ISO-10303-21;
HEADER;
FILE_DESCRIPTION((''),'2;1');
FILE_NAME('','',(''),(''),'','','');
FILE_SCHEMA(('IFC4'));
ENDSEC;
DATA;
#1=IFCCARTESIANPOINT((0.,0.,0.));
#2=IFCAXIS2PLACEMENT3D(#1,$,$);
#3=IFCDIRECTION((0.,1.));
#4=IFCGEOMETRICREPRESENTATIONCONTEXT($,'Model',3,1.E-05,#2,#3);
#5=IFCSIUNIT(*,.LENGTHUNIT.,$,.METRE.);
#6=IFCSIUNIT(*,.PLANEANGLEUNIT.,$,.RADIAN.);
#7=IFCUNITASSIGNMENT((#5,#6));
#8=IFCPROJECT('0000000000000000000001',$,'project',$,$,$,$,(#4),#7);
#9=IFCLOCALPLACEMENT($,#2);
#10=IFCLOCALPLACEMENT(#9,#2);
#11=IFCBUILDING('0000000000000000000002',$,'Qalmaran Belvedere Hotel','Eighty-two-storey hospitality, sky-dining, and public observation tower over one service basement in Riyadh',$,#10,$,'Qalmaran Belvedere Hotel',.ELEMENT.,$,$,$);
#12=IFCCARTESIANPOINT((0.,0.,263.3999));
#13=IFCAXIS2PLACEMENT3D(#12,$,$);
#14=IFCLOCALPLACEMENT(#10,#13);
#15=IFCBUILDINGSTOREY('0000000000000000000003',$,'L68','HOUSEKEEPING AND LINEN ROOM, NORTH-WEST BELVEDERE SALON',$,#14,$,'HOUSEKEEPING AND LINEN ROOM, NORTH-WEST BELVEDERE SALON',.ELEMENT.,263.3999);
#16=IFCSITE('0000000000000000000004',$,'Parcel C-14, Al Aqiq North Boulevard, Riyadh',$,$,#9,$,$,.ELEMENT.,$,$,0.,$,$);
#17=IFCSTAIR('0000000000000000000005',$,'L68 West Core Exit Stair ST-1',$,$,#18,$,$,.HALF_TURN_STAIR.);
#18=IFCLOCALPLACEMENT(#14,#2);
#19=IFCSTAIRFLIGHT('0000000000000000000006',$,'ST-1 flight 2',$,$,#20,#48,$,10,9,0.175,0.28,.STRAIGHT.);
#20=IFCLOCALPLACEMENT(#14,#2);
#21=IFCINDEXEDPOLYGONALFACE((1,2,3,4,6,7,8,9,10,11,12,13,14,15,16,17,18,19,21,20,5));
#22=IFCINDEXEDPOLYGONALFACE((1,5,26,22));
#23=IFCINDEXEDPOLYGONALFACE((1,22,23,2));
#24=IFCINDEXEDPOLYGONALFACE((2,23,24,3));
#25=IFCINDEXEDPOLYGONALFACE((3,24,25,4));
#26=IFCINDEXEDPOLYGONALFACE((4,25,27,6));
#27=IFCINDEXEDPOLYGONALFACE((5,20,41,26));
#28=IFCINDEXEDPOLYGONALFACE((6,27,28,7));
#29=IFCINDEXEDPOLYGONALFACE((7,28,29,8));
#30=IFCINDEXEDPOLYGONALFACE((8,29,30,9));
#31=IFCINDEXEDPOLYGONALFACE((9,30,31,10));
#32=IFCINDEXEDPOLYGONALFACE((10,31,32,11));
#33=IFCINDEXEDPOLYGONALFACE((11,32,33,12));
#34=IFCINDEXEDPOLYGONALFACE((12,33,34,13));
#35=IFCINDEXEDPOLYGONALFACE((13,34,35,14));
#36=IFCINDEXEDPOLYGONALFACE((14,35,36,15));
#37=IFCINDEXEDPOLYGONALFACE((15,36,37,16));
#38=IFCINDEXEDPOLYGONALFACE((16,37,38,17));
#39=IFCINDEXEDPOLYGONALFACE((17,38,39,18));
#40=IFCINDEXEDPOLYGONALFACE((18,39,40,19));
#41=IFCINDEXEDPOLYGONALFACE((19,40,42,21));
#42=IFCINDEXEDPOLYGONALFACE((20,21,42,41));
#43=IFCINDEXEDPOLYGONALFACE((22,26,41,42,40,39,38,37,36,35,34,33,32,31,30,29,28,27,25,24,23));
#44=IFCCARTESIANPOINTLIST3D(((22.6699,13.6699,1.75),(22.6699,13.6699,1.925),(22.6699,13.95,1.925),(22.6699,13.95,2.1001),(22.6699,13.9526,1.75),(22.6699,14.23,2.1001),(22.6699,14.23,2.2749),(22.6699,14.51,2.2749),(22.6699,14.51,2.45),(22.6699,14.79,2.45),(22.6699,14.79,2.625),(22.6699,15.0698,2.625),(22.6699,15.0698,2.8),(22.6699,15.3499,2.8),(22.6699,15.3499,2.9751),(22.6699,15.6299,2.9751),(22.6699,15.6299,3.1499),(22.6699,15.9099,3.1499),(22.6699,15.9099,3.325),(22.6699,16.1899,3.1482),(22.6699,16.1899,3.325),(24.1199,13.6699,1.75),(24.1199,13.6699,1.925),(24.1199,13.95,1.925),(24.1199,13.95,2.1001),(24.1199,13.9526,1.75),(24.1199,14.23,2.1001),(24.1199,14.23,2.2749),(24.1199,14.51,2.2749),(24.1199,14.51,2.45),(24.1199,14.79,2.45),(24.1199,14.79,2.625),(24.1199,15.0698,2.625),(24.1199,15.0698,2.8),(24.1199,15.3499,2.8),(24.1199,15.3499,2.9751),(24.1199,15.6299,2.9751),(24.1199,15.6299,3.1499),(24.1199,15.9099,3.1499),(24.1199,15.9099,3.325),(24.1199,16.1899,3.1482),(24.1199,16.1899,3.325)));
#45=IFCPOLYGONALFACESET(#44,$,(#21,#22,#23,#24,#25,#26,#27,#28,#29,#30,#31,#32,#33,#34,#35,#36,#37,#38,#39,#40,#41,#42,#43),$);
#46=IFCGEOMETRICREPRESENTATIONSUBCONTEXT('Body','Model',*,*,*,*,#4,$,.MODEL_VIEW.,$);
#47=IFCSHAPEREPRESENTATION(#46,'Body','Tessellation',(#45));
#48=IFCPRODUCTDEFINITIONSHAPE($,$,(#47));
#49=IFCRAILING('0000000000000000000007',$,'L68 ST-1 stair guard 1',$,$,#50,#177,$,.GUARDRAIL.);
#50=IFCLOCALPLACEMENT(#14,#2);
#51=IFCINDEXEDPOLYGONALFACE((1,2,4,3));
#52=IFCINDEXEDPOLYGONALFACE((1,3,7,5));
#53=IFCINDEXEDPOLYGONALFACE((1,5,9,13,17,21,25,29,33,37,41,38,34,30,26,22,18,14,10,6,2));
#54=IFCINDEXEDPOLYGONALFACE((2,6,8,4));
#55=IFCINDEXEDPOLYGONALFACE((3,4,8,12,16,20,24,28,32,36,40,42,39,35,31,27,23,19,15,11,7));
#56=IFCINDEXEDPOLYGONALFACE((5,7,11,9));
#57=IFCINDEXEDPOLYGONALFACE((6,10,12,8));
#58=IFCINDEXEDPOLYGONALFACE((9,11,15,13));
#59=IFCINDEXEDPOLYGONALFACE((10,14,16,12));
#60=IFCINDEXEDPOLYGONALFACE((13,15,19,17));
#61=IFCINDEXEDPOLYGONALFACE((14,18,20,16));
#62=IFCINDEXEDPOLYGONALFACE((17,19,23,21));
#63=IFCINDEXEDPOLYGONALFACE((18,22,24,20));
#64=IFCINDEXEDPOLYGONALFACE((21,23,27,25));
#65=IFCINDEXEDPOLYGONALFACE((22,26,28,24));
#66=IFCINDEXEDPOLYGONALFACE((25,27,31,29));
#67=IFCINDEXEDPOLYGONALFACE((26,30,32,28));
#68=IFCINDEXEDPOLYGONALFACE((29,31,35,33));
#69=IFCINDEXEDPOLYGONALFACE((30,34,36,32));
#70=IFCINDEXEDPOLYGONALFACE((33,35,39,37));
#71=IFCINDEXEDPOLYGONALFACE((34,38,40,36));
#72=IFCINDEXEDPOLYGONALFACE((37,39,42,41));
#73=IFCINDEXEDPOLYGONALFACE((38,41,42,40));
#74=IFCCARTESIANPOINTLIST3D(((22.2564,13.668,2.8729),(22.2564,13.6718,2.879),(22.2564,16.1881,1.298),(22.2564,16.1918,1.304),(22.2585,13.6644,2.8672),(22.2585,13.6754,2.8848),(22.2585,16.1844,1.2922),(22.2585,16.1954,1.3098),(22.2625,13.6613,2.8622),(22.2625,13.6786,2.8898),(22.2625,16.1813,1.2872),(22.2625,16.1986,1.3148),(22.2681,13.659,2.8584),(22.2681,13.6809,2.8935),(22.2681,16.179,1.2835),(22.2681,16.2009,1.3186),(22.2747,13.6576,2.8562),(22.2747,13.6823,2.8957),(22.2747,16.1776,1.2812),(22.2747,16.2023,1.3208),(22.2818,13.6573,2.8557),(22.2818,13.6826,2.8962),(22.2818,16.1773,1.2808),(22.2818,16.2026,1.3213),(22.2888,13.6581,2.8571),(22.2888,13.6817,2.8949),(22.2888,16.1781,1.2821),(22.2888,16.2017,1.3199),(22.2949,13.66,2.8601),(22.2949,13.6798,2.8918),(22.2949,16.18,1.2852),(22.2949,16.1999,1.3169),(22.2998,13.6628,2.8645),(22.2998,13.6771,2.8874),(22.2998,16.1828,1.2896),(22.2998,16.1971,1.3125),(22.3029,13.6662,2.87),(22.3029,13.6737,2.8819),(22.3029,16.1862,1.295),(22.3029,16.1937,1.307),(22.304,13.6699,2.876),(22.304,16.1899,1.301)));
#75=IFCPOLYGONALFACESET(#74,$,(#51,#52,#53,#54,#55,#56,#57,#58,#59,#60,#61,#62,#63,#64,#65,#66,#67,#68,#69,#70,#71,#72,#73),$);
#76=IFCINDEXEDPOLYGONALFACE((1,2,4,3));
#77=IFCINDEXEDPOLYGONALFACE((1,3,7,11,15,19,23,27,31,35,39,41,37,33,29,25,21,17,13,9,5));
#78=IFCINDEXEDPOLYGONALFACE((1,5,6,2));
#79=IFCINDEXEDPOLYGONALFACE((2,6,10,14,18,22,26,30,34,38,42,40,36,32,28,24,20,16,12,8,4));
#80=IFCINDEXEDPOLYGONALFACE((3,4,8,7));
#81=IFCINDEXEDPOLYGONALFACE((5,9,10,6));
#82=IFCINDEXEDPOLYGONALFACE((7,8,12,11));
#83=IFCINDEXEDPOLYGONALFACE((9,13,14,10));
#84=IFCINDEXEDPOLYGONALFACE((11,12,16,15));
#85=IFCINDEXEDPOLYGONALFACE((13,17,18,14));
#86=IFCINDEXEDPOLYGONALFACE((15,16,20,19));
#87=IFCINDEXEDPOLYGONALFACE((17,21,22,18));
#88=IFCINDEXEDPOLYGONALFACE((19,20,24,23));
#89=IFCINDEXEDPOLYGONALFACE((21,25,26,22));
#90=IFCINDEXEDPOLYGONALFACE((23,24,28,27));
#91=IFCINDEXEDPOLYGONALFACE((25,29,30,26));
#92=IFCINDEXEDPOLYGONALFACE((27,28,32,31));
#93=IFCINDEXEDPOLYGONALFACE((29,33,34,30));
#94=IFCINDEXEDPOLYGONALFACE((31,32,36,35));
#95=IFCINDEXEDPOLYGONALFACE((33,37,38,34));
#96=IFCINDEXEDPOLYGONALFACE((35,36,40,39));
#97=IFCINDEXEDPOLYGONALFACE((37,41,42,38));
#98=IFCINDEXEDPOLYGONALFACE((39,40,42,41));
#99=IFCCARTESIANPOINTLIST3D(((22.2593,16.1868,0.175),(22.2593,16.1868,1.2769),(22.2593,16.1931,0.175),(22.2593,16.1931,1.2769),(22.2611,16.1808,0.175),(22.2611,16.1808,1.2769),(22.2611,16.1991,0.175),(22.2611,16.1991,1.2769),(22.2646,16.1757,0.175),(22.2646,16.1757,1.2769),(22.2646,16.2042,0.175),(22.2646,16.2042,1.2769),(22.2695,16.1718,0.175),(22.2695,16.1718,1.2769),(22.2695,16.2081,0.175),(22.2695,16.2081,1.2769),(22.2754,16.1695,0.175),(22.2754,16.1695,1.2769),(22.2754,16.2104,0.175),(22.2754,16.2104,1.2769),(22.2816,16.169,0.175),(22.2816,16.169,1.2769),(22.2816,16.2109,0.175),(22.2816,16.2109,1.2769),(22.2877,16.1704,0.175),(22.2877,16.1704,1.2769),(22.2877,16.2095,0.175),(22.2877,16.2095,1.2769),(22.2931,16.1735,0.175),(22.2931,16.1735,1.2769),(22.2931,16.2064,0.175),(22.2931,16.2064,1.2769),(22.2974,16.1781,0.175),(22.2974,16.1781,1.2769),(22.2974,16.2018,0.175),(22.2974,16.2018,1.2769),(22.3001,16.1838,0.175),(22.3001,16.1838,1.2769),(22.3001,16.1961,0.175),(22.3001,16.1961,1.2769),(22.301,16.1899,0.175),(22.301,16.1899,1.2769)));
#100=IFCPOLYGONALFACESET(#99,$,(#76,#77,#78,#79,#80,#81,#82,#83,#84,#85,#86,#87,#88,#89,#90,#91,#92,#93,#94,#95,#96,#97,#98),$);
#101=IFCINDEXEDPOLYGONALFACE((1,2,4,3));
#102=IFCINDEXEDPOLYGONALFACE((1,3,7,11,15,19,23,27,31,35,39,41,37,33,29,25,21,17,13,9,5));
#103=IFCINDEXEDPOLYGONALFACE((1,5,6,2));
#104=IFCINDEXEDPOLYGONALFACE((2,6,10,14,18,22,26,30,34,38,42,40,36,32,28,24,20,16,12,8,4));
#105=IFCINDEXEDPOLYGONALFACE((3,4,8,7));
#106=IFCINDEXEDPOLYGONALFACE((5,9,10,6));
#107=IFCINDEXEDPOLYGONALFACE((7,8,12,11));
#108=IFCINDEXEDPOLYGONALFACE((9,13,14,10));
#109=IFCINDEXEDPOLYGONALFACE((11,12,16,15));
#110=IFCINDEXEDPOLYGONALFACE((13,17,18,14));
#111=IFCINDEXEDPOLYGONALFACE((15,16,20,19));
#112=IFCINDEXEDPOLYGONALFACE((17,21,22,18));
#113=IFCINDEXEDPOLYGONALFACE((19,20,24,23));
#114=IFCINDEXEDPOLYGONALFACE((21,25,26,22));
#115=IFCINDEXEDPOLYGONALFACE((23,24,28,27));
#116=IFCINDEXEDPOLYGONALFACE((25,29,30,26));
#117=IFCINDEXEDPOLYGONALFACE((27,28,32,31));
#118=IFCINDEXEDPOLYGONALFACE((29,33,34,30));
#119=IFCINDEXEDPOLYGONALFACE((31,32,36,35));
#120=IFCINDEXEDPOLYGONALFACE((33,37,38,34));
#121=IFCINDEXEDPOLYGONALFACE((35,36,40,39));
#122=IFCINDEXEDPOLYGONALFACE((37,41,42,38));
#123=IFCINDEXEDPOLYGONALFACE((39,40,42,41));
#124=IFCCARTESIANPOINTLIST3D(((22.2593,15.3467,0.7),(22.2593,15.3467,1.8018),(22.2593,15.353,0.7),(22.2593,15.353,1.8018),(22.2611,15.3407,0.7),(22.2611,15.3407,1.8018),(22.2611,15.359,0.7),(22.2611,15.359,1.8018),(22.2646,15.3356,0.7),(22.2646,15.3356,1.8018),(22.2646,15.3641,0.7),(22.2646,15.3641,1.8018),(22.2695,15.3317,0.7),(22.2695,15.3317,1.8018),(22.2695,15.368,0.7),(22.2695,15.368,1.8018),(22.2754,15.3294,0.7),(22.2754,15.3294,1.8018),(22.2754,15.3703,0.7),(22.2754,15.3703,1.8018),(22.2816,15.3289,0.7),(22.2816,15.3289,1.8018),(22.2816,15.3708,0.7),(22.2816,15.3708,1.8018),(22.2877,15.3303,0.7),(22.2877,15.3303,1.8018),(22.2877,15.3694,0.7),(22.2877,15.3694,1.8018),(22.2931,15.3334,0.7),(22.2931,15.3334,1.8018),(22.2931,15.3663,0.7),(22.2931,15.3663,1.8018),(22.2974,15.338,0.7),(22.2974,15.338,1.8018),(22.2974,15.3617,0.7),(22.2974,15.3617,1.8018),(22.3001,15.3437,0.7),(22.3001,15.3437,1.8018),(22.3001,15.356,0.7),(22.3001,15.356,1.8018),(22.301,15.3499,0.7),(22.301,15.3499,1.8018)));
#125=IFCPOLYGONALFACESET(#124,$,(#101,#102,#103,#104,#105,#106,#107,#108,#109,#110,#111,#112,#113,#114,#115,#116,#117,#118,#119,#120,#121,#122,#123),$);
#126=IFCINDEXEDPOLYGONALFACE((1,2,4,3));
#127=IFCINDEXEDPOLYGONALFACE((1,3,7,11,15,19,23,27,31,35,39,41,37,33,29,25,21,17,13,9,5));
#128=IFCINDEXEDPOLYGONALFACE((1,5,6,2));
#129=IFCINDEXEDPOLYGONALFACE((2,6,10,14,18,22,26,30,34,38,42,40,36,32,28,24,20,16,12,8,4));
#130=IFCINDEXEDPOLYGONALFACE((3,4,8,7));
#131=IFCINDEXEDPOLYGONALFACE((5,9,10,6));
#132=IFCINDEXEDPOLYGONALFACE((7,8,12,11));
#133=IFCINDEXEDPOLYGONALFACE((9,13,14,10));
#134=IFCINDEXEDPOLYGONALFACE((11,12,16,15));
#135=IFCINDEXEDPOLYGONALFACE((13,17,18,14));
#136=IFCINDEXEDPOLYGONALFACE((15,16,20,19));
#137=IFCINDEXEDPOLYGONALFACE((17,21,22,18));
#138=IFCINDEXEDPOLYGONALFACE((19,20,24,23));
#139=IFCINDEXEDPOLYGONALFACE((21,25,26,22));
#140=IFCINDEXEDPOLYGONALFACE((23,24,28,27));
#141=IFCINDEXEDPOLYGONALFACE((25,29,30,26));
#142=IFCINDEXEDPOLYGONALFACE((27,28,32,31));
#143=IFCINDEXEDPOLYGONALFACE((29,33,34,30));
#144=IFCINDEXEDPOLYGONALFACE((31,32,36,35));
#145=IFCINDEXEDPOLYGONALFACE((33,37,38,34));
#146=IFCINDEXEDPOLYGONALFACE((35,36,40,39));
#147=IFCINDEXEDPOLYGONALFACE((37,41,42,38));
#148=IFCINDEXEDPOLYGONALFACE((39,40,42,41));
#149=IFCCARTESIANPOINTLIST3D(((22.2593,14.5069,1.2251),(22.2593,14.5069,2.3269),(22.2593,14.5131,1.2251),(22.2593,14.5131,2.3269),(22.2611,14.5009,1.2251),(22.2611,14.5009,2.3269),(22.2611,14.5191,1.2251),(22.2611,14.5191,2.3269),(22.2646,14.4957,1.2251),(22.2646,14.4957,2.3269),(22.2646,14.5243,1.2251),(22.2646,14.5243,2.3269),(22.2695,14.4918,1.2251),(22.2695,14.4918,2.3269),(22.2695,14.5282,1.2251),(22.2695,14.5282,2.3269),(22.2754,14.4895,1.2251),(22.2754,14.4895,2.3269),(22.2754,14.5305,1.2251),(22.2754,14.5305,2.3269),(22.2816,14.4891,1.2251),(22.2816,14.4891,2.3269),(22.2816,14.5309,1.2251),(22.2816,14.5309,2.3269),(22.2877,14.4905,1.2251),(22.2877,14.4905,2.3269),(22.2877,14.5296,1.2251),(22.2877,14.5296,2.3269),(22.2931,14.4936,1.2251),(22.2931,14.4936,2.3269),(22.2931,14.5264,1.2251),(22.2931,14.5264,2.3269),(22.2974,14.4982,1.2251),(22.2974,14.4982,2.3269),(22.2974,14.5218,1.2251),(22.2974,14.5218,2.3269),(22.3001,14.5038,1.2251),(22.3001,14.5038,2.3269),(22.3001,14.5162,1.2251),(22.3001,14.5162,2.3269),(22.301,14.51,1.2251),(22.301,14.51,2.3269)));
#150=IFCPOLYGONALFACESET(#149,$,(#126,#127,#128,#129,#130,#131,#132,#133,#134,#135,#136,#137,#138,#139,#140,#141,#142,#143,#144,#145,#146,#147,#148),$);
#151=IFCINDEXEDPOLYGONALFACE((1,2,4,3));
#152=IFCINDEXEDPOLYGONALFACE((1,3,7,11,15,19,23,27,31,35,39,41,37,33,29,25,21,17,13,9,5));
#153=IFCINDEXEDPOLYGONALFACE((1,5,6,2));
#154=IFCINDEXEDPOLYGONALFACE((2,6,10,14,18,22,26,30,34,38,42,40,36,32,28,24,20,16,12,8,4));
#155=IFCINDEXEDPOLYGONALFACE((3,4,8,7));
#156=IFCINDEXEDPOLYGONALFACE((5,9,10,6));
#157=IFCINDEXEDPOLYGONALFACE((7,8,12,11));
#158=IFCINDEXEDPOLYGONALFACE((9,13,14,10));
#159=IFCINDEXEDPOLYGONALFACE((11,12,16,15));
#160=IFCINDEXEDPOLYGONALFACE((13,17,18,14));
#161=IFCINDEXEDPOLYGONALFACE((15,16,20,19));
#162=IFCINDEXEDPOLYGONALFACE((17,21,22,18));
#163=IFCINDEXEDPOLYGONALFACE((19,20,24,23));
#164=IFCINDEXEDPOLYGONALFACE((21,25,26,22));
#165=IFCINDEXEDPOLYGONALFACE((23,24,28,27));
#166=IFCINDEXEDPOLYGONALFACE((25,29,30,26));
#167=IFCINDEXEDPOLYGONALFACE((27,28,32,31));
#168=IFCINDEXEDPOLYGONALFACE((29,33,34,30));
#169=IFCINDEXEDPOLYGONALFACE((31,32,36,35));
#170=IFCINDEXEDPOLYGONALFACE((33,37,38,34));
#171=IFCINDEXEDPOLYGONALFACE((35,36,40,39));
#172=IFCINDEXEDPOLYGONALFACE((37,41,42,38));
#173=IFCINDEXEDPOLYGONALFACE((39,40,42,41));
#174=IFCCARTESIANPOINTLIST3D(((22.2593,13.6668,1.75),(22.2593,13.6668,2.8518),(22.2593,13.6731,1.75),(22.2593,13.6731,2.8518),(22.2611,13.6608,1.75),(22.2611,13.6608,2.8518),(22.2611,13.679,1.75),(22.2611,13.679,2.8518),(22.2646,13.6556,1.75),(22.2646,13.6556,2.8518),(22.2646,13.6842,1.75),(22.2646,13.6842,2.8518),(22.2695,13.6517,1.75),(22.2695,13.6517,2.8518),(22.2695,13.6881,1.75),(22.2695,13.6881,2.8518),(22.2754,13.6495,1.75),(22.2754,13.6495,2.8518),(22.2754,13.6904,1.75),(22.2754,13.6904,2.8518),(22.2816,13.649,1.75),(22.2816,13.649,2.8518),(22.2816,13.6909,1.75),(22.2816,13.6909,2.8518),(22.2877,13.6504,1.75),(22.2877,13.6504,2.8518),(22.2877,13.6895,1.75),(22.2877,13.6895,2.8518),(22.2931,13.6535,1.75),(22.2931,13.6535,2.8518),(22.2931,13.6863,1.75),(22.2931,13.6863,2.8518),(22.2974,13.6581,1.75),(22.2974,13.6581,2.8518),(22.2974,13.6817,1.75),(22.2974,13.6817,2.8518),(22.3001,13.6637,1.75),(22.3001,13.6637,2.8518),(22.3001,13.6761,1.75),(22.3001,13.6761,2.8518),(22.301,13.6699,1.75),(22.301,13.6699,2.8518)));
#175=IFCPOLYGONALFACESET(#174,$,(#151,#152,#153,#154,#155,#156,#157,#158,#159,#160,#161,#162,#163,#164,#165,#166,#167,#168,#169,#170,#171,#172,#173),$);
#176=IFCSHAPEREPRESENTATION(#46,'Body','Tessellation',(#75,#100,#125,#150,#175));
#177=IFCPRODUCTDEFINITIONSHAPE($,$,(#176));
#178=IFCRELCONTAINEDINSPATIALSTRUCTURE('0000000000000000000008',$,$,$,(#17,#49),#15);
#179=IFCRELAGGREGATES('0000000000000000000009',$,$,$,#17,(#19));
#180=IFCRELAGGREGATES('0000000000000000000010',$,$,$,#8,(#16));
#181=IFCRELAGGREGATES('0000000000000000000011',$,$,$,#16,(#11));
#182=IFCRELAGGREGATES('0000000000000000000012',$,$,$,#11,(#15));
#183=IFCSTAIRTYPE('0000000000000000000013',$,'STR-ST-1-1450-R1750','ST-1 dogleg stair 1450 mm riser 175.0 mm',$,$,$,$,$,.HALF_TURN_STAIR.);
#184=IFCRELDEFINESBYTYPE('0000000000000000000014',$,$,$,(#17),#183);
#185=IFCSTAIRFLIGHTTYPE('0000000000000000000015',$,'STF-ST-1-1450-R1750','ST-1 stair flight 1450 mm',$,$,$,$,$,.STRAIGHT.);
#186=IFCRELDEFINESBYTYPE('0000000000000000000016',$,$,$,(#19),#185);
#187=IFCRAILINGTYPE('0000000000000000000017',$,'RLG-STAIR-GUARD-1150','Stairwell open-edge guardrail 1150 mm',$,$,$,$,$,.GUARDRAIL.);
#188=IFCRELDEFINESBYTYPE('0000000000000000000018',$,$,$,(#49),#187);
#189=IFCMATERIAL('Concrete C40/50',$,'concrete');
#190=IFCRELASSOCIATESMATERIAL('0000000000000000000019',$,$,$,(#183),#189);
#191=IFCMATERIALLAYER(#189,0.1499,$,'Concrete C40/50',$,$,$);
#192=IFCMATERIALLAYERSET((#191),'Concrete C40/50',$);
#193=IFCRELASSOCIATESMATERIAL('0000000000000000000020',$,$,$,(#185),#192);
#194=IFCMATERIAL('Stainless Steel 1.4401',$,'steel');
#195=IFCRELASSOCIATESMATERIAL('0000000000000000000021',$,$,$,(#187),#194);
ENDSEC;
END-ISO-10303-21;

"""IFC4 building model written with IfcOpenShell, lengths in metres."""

from ifc_helpers import new_model, si_unit, direction, frame, origin, origin_2d, place, context, subcontext, project, spatial, polyline, circle, outline, extrude, material, layer, layer_set, type_object, element, aggregate, save


model = new_model("IFC4")

# Units and contexts
model_context = context("Model", 3, precision=1e-05, world=origin(), true_north=direction((0.0, 1.0)))
body_context = subcontext(model_context, "Body", "Model", "MODEL_VIEW")
ifc_project = project(units=[si_unit("LENGTHUNIT", "METRE"), si_unit("PLANEANGLEUNIT", "RADIAN")], contexts=[model_context])

# Site, building, storey
site_placement = place(None, origin())
site = spatial("IfcSite", under=ifc_project, at=site_placement, Name="Parcel C-14, Al Aqiq North Boulevard, Riyadh", CompositionType="ELEMENT", RefElevation=0.0)
building_placement = place(site_placement, origin())
building = spatial("IfcBuilding", under=site, at=building_placement, Name="Qalmaran Belvedere Hotel", Description="Eighty-two-storey hospitality, sky-dining, and public observation tower over one service basement in Riyadh", LongName="Qalmaran Belvedere Hotel", CompositionType="ELEMENT")
storey_placement = place(building_placement, frame((0.0, 0.0, 263.3999)))
storey = spatial("IfcBuildingStorey", under=building, at=storey_placement, Name="L68", Description="HOUSEKEEPING AND LINEN ROOM, NORTH-WEST BELVEDERE SALON", LongName="HOUSEKEEPING AND LINEN ROOM, NORTH-WEST BELVEDERE SALON", CompositionType="ELEMENT", Elevation=263.3999)

# Stair, stair flight
ifc_material_1 = material(Name="Concrete C40/50", Category="concrete")
stair_type = type_object("IfcStairType", Name="STR-ST-1-1450-R1750", Description="ST-1 dogleg stair 1450 mm riser 175.0 mm", PredefinedType="HALF_TURN_STAIR", material=ifc_material_1)
stair_placement = place(storey_placement, origin())
stair = element("IfcStair", 1, at=stair_placement, inside=storey, type_object=stair_type, Name="L68 West Core Exit Stair ST-1", PredefinedType="HALF_TURN_STAIR")
ifc_layer_1 = layer(ifc_material_1, 0.1499, Name="Concrete C40/50")
ifc_layer_set_1 = layer_set([ifc_layer_1], Name="Concrete C40/50")
stair_flight_type = type_object("IfcStairFlightType", Name="STF-ST-1-1450-R1750", Description="ST-1 stair flight 1450 mm", PredefinedType="STRAIGHT", material=ifc_layer_set_1)
stair_flight_1_placement = place(storey_placement, frame((23.395, 13.6699, 1.75), z_axis=(0.0, 0.0, 1.0), x_axis=(0.0, 1.0, 0.0)))
stair_flight_1 = element("IfcStairFlight", 2, at=stair_flight_1_placement, type_object=stair_flight_type, Name="ST-1 flight 2", NumberOfRisers=10, NumberOfTreads=9, PredefinedType="STRAIGHT", RiserHeight=0.175, TreadLength=0.28, context=body_context, shape_type="SweptSolid", body=[
    extrude(outline(polyline([(0.0, 0.0), (0.0, 0.175), (0.28, 0.175), (0.28, 0.3501), (0.5601, 0.3501), (0.5601, 0.5249), (0.8401, 0.5249), (0.8401, 0.7), (1.1201, 0.7), (1.1201, 0.875), (1.3999, 0.875), (1.3999, 1.05), (1.6799, 1.05), (1.6799, 1.2251), (1.96, 1.2251), (1.96, 1.3999), (2.24, 1.3999), (2.24, 1.575), (2.52, 1.575), (2.52, 1.75), (2.52, 1.3982), (0.2827, 0.0), (0.0, 0.0)])), frame((0.0, 0.7251, 0.0), z_axis=(0.0, -1.0, 0.0), x_axis=(1.0, 0.0, 0.0)), (0.0, 0.0, 1.0), 1.45),
])
aggregate(stair, [stair_flight_1])

# Railing
ifc_material_2 = material(Name="Stainless Steel 1.4401", Category="steel")
railing_type_1 = type_object("IfcRailingType", Name="RLG-STAIR-GUARD-1150", Description="Stairwell open-edge guardrail 1150 mm", PredefinedType="GUARDRAIL", material=ifc_material_2)
railing_1_placement = place(storey_placement, frame((22.28, 16.1899, 0.175)))
element("IfcRailing", 3, at=railing_1_placement, inside=storey, type_object=railing_type_1, Name="L68 ST-1 stair guard 1", PredefinedType="GUARDRAIL", context=body_context, shape_type="SweptSolid", body=[
    extrude(circle(Radius=0.0239, at=origin_2d()), frame((0.0, 0.0, 1.126), z_axis=(0.0, -0.848008, 0.529984), x_axis=(1.0, 0.0, 0.0)), (0.0, 0.0, 1.0), 2.9717),
    extrude(circle(Radius=0.021, at=origin_2d()), origin(), (0.0, 0.0, 1.0), 1.1018),
    extrude(circle(Radius=0.021, at=origin_2d()), frame((0.0, -0.8401, 0.5249)), (0.0, 0.0, 1.0), 1.1018),
    extrude(circle(Radius=0.021, at=origin_2d()), frame((0.0, -1.6799, 1.05)), (0.0, 0.0, 1.0), 1.1018),
    extrude(circle(Radius=0.021, at=origin_2d()), frame((0.0, -2.52, 1.575)), (0.0, 0.0, 1.0), 1.1018),
])

save(model, "model.ifc")
